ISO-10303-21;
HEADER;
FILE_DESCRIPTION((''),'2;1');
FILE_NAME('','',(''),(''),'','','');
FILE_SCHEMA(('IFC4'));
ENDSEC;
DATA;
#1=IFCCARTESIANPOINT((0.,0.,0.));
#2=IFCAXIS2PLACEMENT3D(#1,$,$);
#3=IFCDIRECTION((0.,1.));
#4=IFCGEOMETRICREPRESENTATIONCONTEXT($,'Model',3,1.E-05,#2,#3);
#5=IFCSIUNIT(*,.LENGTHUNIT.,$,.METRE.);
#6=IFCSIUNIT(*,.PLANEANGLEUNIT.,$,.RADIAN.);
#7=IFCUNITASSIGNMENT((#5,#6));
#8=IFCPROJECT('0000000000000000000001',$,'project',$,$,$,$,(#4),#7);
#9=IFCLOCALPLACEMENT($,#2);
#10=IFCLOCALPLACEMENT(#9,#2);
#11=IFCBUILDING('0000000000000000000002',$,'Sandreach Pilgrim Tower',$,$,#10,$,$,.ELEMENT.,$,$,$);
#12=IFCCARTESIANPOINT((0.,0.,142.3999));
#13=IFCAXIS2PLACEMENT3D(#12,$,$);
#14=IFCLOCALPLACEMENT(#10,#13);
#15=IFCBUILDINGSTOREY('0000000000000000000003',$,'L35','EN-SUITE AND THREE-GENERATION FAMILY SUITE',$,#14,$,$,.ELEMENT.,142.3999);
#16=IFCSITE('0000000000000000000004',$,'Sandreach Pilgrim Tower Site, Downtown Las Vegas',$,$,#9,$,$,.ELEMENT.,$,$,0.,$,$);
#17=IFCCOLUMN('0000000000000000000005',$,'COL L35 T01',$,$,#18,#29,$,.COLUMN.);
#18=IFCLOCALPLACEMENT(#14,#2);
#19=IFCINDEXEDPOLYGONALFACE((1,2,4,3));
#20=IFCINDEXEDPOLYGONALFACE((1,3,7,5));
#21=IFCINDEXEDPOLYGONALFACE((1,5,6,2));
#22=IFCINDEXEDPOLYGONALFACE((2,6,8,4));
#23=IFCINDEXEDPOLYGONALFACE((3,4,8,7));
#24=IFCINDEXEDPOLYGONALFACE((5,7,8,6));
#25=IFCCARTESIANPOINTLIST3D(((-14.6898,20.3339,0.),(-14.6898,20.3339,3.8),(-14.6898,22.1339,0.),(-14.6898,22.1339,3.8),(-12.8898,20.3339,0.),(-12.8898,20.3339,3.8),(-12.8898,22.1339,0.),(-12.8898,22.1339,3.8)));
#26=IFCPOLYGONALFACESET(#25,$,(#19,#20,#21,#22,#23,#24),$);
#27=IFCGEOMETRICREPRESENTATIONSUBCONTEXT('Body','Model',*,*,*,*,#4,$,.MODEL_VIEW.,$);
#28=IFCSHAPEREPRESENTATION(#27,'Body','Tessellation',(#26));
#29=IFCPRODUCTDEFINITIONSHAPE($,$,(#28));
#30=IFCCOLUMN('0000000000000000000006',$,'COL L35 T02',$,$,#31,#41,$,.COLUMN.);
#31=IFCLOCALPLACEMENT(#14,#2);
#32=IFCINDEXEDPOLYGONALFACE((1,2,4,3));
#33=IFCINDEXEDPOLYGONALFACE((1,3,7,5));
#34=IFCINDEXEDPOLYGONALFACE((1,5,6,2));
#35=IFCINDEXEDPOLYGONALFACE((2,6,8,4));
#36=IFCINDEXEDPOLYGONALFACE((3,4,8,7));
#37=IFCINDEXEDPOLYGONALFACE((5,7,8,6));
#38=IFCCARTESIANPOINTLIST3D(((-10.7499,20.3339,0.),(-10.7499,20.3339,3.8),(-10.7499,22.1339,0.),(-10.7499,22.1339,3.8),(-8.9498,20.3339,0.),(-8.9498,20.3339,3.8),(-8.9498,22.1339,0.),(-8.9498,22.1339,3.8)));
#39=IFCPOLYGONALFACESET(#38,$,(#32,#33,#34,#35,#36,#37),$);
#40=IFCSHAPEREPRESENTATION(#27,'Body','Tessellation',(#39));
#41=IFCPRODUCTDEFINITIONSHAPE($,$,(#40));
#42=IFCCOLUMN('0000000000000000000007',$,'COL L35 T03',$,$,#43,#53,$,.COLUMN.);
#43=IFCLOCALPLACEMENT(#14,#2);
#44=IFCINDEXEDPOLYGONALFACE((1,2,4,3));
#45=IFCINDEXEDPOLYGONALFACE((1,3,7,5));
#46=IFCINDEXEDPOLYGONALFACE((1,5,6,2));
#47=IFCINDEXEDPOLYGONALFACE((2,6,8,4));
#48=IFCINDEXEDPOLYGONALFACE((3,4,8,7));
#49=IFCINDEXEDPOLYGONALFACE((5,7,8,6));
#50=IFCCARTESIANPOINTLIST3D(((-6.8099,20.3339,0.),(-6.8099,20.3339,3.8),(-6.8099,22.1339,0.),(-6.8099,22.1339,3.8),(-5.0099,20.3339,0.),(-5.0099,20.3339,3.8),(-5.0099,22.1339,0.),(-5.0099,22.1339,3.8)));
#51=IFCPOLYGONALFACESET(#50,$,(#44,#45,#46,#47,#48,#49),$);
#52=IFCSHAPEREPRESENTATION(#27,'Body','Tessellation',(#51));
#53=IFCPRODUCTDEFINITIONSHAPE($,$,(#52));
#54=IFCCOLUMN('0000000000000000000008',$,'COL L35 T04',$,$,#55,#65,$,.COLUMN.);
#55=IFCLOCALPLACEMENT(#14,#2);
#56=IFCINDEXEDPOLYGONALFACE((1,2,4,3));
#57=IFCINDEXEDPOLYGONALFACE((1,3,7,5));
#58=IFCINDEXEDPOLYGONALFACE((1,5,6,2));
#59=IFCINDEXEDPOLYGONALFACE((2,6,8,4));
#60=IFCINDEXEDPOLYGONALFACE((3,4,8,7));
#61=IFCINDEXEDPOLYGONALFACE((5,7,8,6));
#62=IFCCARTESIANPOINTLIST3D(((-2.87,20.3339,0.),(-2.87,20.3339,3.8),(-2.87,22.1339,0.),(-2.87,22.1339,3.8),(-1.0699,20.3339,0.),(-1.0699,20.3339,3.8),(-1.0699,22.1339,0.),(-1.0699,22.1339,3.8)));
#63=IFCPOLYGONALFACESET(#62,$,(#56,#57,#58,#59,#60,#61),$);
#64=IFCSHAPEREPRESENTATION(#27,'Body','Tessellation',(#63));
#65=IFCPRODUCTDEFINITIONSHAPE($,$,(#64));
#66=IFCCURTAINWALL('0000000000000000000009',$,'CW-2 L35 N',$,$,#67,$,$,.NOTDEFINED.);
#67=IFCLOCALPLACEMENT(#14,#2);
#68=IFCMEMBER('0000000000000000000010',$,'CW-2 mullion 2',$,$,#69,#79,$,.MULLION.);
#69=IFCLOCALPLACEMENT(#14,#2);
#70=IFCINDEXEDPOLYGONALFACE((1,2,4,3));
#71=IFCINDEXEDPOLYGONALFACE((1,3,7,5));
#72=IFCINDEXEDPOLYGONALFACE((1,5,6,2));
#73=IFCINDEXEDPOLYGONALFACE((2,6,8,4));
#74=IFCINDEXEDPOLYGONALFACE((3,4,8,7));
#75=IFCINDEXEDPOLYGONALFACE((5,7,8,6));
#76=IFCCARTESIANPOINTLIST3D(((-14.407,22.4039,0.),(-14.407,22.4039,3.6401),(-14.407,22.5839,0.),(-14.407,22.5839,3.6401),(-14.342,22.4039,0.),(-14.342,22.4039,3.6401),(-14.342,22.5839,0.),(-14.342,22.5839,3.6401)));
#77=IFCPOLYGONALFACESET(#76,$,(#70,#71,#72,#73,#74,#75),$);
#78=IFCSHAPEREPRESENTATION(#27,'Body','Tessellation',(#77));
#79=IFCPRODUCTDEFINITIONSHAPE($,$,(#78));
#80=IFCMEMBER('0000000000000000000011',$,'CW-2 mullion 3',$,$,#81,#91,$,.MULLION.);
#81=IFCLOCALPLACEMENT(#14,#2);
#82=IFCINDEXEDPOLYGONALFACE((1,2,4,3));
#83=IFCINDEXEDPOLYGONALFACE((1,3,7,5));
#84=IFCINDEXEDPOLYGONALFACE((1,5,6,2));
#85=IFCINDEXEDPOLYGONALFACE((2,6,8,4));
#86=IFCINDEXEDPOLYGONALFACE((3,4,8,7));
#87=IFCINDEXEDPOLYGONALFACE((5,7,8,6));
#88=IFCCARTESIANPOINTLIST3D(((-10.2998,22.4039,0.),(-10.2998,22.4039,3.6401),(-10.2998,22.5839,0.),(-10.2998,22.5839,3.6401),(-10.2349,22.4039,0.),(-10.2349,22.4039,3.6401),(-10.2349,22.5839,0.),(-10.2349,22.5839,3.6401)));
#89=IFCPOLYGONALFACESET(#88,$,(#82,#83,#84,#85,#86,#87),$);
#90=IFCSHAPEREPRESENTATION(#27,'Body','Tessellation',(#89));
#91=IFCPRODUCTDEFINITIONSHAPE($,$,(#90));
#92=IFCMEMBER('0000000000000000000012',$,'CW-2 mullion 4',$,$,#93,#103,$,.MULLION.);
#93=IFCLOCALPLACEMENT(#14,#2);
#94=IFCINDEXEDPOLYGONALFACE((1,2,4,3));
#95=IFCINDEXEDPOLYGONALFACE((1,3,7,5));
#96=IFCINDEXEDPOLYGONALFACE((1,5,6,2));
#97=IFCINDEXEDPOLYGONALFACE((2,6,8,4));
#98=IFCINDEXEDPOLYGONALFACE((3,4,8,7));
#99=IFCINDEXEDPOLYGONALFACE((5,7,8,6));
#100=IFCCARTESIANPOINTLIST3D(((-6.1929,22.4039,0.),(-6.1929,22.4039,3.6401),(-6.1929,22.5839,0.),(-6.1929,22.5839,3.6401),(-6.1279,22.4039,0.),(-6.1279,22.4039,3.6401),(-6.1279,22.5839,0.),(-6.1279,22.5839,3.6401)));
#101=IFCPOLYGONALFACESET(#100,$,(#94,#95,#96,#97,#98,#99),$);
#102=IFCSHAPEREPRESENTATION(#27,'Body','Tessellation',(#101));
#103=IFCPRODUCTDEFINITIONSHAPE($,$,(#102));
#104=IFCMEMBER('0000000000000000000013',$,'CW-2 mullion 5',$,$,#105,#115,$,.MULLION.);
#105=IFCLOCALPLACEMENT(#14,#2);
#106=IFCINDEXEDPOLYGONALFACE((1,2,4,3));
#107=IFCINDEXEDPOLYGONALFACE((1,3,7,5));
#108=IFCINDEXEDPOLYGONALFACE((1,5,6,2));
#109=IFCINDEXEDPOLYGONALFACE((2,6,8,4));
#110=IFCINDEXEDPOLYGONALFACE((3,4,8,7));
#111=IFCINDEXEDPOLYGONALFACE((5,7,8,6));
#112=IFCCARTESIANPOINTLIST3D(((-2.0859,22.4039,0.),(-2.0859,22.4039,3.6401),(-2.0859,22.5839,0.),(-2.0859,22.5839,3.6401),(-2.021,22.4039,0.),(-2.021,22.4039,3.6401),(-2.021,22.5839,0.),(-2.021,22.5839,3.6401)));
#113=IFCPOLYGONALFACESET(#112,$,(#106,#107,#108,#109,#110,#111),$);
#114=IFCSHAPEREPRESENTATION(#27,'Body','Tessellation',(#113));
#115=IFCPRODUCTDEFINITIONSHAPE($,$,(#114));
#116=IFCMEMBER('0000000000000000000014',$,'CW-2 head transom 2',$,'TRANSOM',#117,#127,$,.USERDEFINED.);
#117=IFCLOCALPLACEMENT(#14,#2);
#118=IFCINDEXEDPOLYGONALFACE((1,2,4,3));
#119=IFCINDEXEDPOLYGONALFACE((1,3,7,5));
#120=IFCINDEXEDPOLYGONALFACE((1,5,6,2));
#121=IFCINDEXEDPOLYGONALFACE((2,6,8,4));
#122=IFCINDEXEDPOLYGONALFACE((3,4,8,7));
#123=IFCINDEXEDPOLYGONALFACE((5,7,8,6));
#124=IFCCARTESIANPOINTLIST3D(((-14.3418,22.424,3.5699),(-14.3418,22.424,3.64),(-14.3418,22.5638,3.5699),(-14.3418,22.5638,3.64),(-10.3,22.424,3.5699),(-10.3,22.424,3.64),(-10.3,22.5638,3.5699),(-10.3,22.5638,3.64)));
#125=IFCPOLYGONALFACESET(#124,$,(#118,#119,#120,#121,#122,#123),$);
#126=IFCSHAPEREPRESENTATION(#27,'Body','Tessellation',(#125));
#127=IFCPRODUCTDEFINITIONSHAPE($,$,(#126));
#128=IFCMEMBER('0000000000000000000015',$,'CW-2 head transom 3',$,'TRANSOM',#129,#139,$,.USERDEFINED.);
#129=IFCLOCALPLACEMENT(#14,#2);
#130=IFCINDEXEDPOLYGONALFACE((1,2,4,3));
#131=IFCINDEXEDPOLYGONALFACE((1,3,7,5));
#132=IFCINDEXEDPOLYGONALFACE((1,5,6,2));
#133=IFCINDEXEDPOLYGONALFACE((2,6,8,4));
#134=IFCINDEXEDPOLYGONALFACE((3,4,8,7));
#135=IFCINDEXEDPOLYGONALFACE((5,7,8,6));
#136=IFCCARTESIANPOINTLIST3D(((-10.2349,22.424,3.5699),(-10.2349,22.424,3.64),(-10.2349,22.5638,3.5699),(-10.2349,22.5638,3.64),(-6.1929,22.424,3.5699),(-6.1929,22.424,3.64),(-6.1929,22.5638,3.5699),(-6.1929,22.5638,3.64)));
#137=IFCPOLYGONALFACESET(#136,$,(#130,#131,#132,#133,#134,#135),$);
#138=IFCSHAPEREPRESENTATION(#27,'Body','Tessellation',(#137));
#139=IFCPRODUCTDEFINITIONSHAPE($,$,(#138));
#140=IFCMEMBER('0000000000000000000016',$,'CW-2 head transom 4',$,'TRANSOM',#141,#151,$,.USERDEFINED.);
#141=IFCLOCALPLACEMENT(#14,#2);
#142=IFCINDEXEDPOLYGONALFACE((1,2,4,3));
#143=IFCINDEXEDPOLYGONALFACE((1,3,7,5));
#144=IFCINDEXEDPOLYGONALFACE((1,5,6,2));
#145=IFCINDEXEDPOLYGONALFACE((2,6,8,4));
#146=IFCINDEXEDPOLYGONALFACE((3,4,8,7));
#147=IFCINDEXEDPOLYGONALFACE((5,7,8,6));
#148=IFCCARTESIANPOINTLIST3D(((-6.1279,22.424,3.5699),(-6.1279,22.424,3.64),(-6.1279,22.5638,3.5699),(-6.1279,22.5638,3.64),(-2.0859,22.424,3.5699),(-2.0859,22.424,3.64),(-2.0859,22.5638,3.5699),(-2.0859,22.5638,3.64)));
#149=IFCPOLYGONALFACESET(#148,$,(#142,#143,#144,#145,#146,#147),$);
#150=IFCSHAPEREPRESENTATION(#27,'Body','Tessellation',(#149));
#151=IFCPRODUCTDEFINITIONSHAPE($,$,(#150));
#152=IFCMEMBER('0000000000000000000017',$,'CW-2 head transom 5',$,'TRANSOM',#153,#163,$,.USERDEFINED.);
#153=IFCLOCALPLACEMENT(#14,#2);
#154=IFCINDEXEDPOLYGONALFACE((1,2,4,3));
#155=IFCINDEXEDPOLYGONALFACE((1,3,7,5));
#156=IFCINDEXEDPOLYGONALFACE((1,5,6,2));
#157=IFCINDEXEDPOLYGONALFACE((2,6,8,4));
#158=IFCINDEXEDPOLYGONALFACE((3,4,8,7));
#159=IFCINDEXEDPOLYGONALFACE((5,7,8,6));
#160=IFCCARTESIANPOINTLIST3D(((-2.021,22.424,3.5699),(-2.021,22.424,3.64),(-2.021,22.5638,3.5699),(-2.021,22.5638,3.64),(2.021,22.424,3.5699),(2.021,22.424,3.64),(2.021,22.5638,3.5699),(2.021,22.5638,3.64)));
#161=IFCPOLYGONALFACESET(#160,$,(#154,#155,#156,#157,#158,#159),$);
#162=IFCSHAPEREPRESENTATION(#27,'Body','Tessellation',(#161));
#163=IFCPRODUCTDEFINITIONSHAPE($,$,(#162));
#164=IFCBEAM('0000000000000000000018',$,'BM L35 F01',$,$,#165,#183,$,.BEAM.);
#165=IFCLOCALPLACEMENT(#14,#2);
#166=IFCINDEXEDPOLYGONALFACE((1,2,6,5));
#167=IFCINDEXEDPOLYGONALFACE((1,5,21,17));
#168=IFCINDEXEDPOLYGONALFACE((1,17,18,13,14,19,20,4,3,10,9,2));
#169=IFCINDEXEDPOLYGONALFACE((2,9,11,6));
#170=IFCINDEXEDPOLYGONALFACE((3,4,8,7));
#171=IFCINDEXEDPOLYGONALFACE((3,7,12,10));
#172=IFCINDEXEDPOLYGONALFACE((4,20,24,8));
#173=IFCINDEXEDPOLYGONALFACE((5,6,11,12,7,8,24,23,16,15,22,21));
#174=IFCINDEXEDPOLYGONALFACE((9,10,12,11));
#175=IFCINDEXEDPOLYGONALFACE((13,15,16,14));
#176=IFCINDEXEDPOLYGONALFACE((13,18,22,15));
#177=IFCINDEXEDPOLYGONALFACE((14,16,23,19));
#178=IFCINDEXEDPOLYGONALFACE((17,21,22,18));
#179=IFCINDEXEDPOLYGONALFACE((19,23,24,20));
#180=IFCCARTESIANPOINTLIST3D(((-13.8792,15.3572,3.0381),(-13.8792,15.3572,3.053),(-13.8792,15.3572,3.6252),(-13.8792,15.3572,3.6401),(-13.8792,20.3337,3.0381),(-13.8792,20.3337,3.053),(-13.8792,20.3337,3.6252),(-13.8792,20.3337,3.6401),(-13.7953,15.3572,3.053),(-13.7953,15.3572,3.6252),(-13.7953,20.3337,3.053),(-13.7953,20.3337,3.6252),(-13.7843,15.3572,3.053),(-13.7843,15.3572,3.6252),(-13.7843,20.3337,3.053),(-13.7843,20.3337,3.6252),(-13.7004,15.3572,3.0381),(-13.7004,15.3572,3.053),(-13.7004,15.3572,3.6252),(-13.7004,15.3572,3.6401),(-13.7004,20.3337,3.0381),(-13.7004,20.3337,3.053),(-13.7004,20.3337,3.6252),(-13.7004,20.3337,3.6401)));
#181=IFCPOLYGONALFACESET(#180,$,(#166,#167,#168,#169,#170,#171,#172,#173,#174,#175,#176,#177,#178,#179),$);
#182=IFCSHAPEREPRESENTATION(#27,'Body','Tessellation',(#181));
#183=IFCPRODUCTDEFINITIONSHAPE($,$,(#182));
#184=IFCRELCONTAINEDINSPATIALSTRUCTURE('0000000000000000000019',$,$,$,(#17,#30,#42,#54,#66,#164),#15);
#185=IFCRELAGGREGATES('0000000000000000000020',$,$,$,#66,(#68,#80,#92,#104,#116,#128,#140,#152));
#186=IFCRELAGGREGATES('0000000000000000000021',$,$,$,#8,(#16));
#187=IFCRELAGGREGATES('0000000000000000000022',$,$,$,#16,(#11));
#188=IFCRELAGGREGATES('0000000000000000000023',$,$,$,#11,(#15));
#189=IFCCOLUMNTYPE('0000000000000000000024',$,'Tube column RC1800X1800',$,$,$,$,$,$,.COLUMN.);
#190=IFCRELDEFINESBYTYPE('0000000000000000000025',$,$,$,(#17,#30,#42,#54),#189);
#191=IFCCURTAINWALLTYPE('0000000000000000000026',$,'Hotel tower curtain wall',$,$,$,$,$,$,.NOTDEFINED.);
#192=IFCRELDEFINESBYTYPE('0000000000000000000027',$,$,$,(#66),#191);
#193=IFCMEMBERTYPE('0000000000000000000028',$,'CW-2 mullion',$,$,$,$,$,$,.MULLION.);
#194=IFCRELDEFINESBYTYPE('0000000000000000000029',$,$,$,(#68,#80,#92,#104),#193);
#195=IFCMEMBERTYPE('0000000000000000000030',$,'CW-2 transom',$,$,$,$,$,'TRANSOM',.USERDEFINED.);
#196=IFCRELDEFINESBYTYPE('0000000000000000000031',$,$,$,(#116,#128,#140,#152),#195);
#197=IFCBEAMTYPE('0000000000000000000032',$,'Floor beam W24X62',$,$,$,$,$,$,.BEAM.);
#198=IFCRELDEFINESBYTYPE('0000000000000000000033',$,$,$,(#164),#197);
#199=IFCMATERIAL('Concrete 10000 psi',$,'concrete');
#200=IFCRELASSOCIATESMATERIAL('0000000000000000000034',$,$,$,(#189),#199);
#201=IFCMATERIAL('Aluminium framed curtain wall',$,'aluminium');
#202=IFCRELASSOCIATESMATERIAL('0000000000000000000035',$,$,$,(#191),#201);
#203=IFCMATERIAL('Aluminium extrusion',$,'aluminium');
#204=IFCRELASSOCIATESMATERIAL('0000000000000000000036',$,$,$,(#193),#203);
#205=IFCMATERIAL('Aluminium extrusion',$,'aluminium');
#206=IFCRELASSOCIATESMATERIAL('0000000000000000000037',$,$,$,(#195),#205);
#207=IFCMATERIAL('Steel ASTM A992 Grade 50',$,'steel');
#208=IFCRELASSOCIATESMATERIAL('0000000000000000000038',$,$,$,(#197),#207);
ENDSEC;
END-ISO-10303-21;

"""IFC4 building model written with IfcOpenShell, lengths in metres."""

from ifc_helpers import new_model, si_unit, direction, frame, origin, origin_2d, place, context, subcontext, project, spatial, rectangle, i_section, extrude, material, material_profile, profile_set, type_object, element, aggregate, save


model = new_model("IFC4")

# Units and contexts
model_context = context("Model", 3, precision=1e-05, world=origin(), true_north=direction((0.0, 1.0)))
body_context = subcontext(model_context, "Body", "Model", "MODEL_VIEW")
ifc_project = project(units=[si_unit("LENGTHUNIT", "METRE"), si_unit("PLANEANGLEUNIT", "RADIAN")], contexts=[model_context])

# Site, building, storey
site_placement = place(None, origin())
site = spatial("IfcSite", under=ifc_project, at=site_placement, Name="Sandreach Pilgrim Tower Site, Downtown Las Vegas", CompositionType="ELEMENT", RefElevation=0.0)
building_placement = place(site_placement, origin())
building = spatial("IfcBuilding", under=site, at=building_placement, Name="Sandreach Pilgrim Tower", CompositionType="ELEMENT")
storey_placement = place(building_placement, frame((0.0, 0.0, 142.3999)))
storey = spatial("IfcBuildingStorey", under=building, at=storey_placement, Name="L35", Description="EN-SUITE AND THREE-GENERATION FAMILY SUITE", CompositionType="ELEMENT", Elevation=142.3999)

# Columns
ifc_material_1 = material(Name="Concrete 10000 psi", Category="concrete")
ifc_material_profile_1 = material_profile(ifc_material_1, rectangle(XDim=1.8, YDim=1.8, at=origin_2d()), Name="RC1800X1800")
ifc_profile_set_1 = profile_set([ifc_material_profile_1], Name="Concrete 10000 psi")
column_type = type_object("IfcColumnType", Name="Tube column RC1800X1800", PredefinedType="COLUMN", material=ifc_profile_set_1)
for number, where, z_axis, x_axis, name in (
    (1, (-13.7898, 21.2339, 0.0), (0.0, 0.0, 1.0), (0.0, 1.0, 0.0), "COL L35 T01"),
    (2, (-9.8499, 21.2339, 0.0), (0.0, 0.0, 1.0), (0.0, 1.0, 0.0), "COL L35 T02"),
    (3, (-5.9099, 21.2339, 0.0), (0.0, 0.0, 1.0), (0.0, 1.0, 0.0), "COL L35 T03"),
    (4, (-1.97, 21.2339, 0.0), (0.0, 0.0, 1.0), (0.0, 1.0, 0.0), "COL L35 T04"),
):
    element("IfcColumn", number, at=place(storey_placement, frame(where, z_axis=z_axis, x_axis=x_axis)), inside=storey, type_object=column_type, Name=name, PredefinedType="COLUMN", context=body_context, shape_type="SweptSolid", body=[
        extrude(rectangle(XDim=1.8, YDim=1.8, at=origin_2d()), origin(), (0.0, 0.0, 1.0), 3.8),
    ])

# Curtain wall, members
ifc_material_2 = material(Name="Aluminium framed curtain wall", Category="aluminium")
curtain_wall_type = type_object("IfcCurtainWallType", Name="Hotel tower curtain wall", PredefinedType="NOTDEFINED", material=ifc_material_2)
curtain_wall_placement = place(storey_placement, origin())
curtain_wall = element("IfcCurtainWall", 5, at=curtain_wall_placement, inside=storey, type_object=curtain_wall_type, Name="CW-2 L35 N", PredefinedType="NOTDEFINED")
ifc_material_3 = material(Name="Aluminium extrusion", Category="aluminium")
ifc_material_profile_2 = material_profile(ifc_material_3, rectangle(XDim=0.0649, YDim=0.1799, at=origin_2d()), Name="CW-2M 65X180")
ifc_profile_set_2 = profile_set([ifc_material_profile_2], Name="Aluminium extrusion")
member_type_1 = type_object("IfcMemberType", Name="CW-2 mullion", PredefinedType="MULLION", material=ifc_profile_set_2)
member_1_placement = place(storey_placement, frame((-14.3745, 22.4939, 0.0), z_axis=(0.0, 0.0, 1.0), x_axis=(1.0, 0.0, 0.0)))
member_1 = element("IfcMember", 6, at=member_1_placement, type_object=member_type_1, Name="CW-2 mullion 2", PredefinedType="MULLION", context=body_context, shape_type="SweptSolid", body=[
    extrude(rectangle(XDim=0.0649, YDim=0.1799, at=origin_2d()), origin(), (0.0, 0.0, 1.0), 3.6401),
])
member_2_placement = place(storey_placement, frame((-10.2673, 22.4939, 0.0), z_axis=(0.0, 0.0, 1.0), x_axis=(1.0, 0.0, 0.0)))
member_2 = element("IfcMember", 7, at=member_2_placement, type_object=member_type_1, Name="CW-2 mullion 3", PredefinedType="MULLION", context=body_context, shape_type="SweptSolid", body=[
    extrude(rectangle(XDim=0.0649, YDim=0.1799, at=origin_2d()), origin(), (0.0, 0.0, 1.0), 3.6401),
])
member_3_placement = place(storey_placement, frame((-6.1604, 22.4939, 0.0), z_axis=(0.0, 0.0, 1.0), x_axis=(1.0, 0.0, 0.0)))
member_3 = element("IfcMember", 8, at=member_3_placement, type_object=member_type_1, Name="CW-2 mullion 4", PredefinedType="MULLION", context=body_context, shape_type="SweptSolid", body=[
    extrude(rectangle(XDim=0.0649, YDim=0.1799, at=origin_2d()), origin(), (0.0, 0.0, 1.0), 3.6401),
])
member_4_placement = place(storey_placement, frame((-2.0535, 22.4939, 0.0), z_axis=(0.0, 0.0, 1.0), x_axis=(1.0, 0.0, 0.0)))
member_4 = element("IfcMember", 9, at=member_4_placement, type_object=member_type_1, Name="CW-2 mullion 5", PredefinedType="MULLION", context=body_context, shape_type="SweptSolid", body=[
    extrude(rectangle(XDim=0.0649, YDim=0.1799, at=origin_2d()), origin(), (0.0, 0.0, 1.0), 3.6401),
])
ifc_material_4 = material(Name="Aluminium extrusion", Category="aluminium")
ifc_material_profile_3 = material_profile(ifc_material_4, rectangle(XDim=0.1399, YDim=0.0701, at=origin_2d()), Name="CW-2T 140X70")
ifc_profile_set_3 = profile_set([ifc_material_profile_3], Name="Aluminium extrusion")
member_type_2 = type_object("IfcMemberType", Name="CW-2 transom", ElementType="TRANSOM", PredefinedType="USERDEFINED", material=ifc_profile_set_3)
member_5_placement = place(storey_placement, frame((-14.3418, 22.4939, 3.605), z_axis=(1.0, 0.0, 0.0), x_axis=(0.0, 1.0, 0.0)))
member_5 = element("IfcMember", 10, at=member_5_placement, type_object=member_type_2, Name="CW-2 head transom 2", ObjectType="TRANSOM", PredefinedType="USERDEFINED", context=body_context, shape_type="SweptSolid", body=[
    extrude(rectangle(XDim=0.1399, YDim=0.0701, at=origin_2d()), origin(), (0.0, 0.0, 1.0), 4.0417),
])
member_6_placement = place(storey_placement, frame((-10.2349, 22.4939, 3.605), z_axis=(1.0, 0.0, 0.0), x_axis=(0.0, 1.0, 0.0)))
member_6 = element("IfcMember", 11, at=member_6_placement, type_object=member_type_2, Name="CW-2 head transom 3", ObjectType="TRANSOM", PredefinedType="USERDEFINED", context=body_context, shape_type="SweptSolid", body=[
    extrude(rectangle(XDim=0.1399, YDim=0.0701, at=origin_2d()), origin(), (0.0, 0.0, 1.0), 4.042),
])
member_7_placement = place(storey_placement, frame((-6.1279, 22.4939, 3.605), z_axis=(1.0, 0.0, 0.0), x_axis=(0.0, 1.0, 0.0)))
member_7 = element("IfcMember", 12, at=member_7_placement, type_object=member_type_2, Name="CW-2 head transom 4", ObjectType="TRANSOM", PredefinedType="USERDEFINED", context=body_context, shape_type="SweptSolid", body=[
    extrude(rectangle(XDim=0.1399, YDim=0.0701, at=origin_2d()), origin(), (0.0, 0.0, 1.0), 4.042),
])
member_8_placement = place(storey_placement, frame((-2.021, 22.4939, 3.605), z_axis=(1.0, 0.0, 0.0), x_axis=(0.0, 1.0, 0.0)))
member_8 = element("IfcMember", 13, at=member_8_placement, type_object=member_type_2, Name="CW-2 head transom 5", ObjectType="TRANSOM", PredefinedType="USERDEFINED", context=body_context, shape_type="SweptSolid", body=[
    extrude(rectangle(XDim=0.1399, YDim=0.0701, at=origin_2d()), origin(), (0.0, 0.0, 1.0), 4.042),
])

# Beam
ifc_material_5 = material(Name="Steel ASTM A992 Grade 50", Category="steel")
ifc_material_profile_4 = material_profile(ifc_material_5, i_section(OverallWidth=0.1787, OverallDepth=0.6021, WebThickness=0.011, FlangeThickness=0.0149, at=origin_2d()), Name="W24X62")
ifc_profile_set_4 = profile_set([ifc_material_profile_4], Name="Steel ASTM A992 Grade 50")
beam_type_1 = type_object("IfcBeamType", Name="Floor beam W24X62", PredefinedType="BEAM", material=ifc_profile_set_4)
beam_1_placement = place(storey_placement, frame((-13.7898, 20.3337, 3.3391), z_axis=(0.0, -1.0, 0.0), x_axis=(1.0, 0.0, 0.0)))
element("IfcBeam", 14, at=beam_1_placement, inside=storey, type_object=beam_type_1, Name="BM L35 F01", PredefinedType="BEAM", context=body_context, shape_type="SweptSolid", body=[
    extrude(i_section(OverallWidth=0.1787, OverallDepth=0.6021, WebThickness=0.011, FlangeThickness=0.0149, at=origin_2d()), origin(), (0.0, 0.0, 1.0), 4.9766),
])

aggregate(curtain_wall, [member_1, member_2, member_3, member_4, member_5, member_6, member_7, member_8])

save(model, "model.ifc")
